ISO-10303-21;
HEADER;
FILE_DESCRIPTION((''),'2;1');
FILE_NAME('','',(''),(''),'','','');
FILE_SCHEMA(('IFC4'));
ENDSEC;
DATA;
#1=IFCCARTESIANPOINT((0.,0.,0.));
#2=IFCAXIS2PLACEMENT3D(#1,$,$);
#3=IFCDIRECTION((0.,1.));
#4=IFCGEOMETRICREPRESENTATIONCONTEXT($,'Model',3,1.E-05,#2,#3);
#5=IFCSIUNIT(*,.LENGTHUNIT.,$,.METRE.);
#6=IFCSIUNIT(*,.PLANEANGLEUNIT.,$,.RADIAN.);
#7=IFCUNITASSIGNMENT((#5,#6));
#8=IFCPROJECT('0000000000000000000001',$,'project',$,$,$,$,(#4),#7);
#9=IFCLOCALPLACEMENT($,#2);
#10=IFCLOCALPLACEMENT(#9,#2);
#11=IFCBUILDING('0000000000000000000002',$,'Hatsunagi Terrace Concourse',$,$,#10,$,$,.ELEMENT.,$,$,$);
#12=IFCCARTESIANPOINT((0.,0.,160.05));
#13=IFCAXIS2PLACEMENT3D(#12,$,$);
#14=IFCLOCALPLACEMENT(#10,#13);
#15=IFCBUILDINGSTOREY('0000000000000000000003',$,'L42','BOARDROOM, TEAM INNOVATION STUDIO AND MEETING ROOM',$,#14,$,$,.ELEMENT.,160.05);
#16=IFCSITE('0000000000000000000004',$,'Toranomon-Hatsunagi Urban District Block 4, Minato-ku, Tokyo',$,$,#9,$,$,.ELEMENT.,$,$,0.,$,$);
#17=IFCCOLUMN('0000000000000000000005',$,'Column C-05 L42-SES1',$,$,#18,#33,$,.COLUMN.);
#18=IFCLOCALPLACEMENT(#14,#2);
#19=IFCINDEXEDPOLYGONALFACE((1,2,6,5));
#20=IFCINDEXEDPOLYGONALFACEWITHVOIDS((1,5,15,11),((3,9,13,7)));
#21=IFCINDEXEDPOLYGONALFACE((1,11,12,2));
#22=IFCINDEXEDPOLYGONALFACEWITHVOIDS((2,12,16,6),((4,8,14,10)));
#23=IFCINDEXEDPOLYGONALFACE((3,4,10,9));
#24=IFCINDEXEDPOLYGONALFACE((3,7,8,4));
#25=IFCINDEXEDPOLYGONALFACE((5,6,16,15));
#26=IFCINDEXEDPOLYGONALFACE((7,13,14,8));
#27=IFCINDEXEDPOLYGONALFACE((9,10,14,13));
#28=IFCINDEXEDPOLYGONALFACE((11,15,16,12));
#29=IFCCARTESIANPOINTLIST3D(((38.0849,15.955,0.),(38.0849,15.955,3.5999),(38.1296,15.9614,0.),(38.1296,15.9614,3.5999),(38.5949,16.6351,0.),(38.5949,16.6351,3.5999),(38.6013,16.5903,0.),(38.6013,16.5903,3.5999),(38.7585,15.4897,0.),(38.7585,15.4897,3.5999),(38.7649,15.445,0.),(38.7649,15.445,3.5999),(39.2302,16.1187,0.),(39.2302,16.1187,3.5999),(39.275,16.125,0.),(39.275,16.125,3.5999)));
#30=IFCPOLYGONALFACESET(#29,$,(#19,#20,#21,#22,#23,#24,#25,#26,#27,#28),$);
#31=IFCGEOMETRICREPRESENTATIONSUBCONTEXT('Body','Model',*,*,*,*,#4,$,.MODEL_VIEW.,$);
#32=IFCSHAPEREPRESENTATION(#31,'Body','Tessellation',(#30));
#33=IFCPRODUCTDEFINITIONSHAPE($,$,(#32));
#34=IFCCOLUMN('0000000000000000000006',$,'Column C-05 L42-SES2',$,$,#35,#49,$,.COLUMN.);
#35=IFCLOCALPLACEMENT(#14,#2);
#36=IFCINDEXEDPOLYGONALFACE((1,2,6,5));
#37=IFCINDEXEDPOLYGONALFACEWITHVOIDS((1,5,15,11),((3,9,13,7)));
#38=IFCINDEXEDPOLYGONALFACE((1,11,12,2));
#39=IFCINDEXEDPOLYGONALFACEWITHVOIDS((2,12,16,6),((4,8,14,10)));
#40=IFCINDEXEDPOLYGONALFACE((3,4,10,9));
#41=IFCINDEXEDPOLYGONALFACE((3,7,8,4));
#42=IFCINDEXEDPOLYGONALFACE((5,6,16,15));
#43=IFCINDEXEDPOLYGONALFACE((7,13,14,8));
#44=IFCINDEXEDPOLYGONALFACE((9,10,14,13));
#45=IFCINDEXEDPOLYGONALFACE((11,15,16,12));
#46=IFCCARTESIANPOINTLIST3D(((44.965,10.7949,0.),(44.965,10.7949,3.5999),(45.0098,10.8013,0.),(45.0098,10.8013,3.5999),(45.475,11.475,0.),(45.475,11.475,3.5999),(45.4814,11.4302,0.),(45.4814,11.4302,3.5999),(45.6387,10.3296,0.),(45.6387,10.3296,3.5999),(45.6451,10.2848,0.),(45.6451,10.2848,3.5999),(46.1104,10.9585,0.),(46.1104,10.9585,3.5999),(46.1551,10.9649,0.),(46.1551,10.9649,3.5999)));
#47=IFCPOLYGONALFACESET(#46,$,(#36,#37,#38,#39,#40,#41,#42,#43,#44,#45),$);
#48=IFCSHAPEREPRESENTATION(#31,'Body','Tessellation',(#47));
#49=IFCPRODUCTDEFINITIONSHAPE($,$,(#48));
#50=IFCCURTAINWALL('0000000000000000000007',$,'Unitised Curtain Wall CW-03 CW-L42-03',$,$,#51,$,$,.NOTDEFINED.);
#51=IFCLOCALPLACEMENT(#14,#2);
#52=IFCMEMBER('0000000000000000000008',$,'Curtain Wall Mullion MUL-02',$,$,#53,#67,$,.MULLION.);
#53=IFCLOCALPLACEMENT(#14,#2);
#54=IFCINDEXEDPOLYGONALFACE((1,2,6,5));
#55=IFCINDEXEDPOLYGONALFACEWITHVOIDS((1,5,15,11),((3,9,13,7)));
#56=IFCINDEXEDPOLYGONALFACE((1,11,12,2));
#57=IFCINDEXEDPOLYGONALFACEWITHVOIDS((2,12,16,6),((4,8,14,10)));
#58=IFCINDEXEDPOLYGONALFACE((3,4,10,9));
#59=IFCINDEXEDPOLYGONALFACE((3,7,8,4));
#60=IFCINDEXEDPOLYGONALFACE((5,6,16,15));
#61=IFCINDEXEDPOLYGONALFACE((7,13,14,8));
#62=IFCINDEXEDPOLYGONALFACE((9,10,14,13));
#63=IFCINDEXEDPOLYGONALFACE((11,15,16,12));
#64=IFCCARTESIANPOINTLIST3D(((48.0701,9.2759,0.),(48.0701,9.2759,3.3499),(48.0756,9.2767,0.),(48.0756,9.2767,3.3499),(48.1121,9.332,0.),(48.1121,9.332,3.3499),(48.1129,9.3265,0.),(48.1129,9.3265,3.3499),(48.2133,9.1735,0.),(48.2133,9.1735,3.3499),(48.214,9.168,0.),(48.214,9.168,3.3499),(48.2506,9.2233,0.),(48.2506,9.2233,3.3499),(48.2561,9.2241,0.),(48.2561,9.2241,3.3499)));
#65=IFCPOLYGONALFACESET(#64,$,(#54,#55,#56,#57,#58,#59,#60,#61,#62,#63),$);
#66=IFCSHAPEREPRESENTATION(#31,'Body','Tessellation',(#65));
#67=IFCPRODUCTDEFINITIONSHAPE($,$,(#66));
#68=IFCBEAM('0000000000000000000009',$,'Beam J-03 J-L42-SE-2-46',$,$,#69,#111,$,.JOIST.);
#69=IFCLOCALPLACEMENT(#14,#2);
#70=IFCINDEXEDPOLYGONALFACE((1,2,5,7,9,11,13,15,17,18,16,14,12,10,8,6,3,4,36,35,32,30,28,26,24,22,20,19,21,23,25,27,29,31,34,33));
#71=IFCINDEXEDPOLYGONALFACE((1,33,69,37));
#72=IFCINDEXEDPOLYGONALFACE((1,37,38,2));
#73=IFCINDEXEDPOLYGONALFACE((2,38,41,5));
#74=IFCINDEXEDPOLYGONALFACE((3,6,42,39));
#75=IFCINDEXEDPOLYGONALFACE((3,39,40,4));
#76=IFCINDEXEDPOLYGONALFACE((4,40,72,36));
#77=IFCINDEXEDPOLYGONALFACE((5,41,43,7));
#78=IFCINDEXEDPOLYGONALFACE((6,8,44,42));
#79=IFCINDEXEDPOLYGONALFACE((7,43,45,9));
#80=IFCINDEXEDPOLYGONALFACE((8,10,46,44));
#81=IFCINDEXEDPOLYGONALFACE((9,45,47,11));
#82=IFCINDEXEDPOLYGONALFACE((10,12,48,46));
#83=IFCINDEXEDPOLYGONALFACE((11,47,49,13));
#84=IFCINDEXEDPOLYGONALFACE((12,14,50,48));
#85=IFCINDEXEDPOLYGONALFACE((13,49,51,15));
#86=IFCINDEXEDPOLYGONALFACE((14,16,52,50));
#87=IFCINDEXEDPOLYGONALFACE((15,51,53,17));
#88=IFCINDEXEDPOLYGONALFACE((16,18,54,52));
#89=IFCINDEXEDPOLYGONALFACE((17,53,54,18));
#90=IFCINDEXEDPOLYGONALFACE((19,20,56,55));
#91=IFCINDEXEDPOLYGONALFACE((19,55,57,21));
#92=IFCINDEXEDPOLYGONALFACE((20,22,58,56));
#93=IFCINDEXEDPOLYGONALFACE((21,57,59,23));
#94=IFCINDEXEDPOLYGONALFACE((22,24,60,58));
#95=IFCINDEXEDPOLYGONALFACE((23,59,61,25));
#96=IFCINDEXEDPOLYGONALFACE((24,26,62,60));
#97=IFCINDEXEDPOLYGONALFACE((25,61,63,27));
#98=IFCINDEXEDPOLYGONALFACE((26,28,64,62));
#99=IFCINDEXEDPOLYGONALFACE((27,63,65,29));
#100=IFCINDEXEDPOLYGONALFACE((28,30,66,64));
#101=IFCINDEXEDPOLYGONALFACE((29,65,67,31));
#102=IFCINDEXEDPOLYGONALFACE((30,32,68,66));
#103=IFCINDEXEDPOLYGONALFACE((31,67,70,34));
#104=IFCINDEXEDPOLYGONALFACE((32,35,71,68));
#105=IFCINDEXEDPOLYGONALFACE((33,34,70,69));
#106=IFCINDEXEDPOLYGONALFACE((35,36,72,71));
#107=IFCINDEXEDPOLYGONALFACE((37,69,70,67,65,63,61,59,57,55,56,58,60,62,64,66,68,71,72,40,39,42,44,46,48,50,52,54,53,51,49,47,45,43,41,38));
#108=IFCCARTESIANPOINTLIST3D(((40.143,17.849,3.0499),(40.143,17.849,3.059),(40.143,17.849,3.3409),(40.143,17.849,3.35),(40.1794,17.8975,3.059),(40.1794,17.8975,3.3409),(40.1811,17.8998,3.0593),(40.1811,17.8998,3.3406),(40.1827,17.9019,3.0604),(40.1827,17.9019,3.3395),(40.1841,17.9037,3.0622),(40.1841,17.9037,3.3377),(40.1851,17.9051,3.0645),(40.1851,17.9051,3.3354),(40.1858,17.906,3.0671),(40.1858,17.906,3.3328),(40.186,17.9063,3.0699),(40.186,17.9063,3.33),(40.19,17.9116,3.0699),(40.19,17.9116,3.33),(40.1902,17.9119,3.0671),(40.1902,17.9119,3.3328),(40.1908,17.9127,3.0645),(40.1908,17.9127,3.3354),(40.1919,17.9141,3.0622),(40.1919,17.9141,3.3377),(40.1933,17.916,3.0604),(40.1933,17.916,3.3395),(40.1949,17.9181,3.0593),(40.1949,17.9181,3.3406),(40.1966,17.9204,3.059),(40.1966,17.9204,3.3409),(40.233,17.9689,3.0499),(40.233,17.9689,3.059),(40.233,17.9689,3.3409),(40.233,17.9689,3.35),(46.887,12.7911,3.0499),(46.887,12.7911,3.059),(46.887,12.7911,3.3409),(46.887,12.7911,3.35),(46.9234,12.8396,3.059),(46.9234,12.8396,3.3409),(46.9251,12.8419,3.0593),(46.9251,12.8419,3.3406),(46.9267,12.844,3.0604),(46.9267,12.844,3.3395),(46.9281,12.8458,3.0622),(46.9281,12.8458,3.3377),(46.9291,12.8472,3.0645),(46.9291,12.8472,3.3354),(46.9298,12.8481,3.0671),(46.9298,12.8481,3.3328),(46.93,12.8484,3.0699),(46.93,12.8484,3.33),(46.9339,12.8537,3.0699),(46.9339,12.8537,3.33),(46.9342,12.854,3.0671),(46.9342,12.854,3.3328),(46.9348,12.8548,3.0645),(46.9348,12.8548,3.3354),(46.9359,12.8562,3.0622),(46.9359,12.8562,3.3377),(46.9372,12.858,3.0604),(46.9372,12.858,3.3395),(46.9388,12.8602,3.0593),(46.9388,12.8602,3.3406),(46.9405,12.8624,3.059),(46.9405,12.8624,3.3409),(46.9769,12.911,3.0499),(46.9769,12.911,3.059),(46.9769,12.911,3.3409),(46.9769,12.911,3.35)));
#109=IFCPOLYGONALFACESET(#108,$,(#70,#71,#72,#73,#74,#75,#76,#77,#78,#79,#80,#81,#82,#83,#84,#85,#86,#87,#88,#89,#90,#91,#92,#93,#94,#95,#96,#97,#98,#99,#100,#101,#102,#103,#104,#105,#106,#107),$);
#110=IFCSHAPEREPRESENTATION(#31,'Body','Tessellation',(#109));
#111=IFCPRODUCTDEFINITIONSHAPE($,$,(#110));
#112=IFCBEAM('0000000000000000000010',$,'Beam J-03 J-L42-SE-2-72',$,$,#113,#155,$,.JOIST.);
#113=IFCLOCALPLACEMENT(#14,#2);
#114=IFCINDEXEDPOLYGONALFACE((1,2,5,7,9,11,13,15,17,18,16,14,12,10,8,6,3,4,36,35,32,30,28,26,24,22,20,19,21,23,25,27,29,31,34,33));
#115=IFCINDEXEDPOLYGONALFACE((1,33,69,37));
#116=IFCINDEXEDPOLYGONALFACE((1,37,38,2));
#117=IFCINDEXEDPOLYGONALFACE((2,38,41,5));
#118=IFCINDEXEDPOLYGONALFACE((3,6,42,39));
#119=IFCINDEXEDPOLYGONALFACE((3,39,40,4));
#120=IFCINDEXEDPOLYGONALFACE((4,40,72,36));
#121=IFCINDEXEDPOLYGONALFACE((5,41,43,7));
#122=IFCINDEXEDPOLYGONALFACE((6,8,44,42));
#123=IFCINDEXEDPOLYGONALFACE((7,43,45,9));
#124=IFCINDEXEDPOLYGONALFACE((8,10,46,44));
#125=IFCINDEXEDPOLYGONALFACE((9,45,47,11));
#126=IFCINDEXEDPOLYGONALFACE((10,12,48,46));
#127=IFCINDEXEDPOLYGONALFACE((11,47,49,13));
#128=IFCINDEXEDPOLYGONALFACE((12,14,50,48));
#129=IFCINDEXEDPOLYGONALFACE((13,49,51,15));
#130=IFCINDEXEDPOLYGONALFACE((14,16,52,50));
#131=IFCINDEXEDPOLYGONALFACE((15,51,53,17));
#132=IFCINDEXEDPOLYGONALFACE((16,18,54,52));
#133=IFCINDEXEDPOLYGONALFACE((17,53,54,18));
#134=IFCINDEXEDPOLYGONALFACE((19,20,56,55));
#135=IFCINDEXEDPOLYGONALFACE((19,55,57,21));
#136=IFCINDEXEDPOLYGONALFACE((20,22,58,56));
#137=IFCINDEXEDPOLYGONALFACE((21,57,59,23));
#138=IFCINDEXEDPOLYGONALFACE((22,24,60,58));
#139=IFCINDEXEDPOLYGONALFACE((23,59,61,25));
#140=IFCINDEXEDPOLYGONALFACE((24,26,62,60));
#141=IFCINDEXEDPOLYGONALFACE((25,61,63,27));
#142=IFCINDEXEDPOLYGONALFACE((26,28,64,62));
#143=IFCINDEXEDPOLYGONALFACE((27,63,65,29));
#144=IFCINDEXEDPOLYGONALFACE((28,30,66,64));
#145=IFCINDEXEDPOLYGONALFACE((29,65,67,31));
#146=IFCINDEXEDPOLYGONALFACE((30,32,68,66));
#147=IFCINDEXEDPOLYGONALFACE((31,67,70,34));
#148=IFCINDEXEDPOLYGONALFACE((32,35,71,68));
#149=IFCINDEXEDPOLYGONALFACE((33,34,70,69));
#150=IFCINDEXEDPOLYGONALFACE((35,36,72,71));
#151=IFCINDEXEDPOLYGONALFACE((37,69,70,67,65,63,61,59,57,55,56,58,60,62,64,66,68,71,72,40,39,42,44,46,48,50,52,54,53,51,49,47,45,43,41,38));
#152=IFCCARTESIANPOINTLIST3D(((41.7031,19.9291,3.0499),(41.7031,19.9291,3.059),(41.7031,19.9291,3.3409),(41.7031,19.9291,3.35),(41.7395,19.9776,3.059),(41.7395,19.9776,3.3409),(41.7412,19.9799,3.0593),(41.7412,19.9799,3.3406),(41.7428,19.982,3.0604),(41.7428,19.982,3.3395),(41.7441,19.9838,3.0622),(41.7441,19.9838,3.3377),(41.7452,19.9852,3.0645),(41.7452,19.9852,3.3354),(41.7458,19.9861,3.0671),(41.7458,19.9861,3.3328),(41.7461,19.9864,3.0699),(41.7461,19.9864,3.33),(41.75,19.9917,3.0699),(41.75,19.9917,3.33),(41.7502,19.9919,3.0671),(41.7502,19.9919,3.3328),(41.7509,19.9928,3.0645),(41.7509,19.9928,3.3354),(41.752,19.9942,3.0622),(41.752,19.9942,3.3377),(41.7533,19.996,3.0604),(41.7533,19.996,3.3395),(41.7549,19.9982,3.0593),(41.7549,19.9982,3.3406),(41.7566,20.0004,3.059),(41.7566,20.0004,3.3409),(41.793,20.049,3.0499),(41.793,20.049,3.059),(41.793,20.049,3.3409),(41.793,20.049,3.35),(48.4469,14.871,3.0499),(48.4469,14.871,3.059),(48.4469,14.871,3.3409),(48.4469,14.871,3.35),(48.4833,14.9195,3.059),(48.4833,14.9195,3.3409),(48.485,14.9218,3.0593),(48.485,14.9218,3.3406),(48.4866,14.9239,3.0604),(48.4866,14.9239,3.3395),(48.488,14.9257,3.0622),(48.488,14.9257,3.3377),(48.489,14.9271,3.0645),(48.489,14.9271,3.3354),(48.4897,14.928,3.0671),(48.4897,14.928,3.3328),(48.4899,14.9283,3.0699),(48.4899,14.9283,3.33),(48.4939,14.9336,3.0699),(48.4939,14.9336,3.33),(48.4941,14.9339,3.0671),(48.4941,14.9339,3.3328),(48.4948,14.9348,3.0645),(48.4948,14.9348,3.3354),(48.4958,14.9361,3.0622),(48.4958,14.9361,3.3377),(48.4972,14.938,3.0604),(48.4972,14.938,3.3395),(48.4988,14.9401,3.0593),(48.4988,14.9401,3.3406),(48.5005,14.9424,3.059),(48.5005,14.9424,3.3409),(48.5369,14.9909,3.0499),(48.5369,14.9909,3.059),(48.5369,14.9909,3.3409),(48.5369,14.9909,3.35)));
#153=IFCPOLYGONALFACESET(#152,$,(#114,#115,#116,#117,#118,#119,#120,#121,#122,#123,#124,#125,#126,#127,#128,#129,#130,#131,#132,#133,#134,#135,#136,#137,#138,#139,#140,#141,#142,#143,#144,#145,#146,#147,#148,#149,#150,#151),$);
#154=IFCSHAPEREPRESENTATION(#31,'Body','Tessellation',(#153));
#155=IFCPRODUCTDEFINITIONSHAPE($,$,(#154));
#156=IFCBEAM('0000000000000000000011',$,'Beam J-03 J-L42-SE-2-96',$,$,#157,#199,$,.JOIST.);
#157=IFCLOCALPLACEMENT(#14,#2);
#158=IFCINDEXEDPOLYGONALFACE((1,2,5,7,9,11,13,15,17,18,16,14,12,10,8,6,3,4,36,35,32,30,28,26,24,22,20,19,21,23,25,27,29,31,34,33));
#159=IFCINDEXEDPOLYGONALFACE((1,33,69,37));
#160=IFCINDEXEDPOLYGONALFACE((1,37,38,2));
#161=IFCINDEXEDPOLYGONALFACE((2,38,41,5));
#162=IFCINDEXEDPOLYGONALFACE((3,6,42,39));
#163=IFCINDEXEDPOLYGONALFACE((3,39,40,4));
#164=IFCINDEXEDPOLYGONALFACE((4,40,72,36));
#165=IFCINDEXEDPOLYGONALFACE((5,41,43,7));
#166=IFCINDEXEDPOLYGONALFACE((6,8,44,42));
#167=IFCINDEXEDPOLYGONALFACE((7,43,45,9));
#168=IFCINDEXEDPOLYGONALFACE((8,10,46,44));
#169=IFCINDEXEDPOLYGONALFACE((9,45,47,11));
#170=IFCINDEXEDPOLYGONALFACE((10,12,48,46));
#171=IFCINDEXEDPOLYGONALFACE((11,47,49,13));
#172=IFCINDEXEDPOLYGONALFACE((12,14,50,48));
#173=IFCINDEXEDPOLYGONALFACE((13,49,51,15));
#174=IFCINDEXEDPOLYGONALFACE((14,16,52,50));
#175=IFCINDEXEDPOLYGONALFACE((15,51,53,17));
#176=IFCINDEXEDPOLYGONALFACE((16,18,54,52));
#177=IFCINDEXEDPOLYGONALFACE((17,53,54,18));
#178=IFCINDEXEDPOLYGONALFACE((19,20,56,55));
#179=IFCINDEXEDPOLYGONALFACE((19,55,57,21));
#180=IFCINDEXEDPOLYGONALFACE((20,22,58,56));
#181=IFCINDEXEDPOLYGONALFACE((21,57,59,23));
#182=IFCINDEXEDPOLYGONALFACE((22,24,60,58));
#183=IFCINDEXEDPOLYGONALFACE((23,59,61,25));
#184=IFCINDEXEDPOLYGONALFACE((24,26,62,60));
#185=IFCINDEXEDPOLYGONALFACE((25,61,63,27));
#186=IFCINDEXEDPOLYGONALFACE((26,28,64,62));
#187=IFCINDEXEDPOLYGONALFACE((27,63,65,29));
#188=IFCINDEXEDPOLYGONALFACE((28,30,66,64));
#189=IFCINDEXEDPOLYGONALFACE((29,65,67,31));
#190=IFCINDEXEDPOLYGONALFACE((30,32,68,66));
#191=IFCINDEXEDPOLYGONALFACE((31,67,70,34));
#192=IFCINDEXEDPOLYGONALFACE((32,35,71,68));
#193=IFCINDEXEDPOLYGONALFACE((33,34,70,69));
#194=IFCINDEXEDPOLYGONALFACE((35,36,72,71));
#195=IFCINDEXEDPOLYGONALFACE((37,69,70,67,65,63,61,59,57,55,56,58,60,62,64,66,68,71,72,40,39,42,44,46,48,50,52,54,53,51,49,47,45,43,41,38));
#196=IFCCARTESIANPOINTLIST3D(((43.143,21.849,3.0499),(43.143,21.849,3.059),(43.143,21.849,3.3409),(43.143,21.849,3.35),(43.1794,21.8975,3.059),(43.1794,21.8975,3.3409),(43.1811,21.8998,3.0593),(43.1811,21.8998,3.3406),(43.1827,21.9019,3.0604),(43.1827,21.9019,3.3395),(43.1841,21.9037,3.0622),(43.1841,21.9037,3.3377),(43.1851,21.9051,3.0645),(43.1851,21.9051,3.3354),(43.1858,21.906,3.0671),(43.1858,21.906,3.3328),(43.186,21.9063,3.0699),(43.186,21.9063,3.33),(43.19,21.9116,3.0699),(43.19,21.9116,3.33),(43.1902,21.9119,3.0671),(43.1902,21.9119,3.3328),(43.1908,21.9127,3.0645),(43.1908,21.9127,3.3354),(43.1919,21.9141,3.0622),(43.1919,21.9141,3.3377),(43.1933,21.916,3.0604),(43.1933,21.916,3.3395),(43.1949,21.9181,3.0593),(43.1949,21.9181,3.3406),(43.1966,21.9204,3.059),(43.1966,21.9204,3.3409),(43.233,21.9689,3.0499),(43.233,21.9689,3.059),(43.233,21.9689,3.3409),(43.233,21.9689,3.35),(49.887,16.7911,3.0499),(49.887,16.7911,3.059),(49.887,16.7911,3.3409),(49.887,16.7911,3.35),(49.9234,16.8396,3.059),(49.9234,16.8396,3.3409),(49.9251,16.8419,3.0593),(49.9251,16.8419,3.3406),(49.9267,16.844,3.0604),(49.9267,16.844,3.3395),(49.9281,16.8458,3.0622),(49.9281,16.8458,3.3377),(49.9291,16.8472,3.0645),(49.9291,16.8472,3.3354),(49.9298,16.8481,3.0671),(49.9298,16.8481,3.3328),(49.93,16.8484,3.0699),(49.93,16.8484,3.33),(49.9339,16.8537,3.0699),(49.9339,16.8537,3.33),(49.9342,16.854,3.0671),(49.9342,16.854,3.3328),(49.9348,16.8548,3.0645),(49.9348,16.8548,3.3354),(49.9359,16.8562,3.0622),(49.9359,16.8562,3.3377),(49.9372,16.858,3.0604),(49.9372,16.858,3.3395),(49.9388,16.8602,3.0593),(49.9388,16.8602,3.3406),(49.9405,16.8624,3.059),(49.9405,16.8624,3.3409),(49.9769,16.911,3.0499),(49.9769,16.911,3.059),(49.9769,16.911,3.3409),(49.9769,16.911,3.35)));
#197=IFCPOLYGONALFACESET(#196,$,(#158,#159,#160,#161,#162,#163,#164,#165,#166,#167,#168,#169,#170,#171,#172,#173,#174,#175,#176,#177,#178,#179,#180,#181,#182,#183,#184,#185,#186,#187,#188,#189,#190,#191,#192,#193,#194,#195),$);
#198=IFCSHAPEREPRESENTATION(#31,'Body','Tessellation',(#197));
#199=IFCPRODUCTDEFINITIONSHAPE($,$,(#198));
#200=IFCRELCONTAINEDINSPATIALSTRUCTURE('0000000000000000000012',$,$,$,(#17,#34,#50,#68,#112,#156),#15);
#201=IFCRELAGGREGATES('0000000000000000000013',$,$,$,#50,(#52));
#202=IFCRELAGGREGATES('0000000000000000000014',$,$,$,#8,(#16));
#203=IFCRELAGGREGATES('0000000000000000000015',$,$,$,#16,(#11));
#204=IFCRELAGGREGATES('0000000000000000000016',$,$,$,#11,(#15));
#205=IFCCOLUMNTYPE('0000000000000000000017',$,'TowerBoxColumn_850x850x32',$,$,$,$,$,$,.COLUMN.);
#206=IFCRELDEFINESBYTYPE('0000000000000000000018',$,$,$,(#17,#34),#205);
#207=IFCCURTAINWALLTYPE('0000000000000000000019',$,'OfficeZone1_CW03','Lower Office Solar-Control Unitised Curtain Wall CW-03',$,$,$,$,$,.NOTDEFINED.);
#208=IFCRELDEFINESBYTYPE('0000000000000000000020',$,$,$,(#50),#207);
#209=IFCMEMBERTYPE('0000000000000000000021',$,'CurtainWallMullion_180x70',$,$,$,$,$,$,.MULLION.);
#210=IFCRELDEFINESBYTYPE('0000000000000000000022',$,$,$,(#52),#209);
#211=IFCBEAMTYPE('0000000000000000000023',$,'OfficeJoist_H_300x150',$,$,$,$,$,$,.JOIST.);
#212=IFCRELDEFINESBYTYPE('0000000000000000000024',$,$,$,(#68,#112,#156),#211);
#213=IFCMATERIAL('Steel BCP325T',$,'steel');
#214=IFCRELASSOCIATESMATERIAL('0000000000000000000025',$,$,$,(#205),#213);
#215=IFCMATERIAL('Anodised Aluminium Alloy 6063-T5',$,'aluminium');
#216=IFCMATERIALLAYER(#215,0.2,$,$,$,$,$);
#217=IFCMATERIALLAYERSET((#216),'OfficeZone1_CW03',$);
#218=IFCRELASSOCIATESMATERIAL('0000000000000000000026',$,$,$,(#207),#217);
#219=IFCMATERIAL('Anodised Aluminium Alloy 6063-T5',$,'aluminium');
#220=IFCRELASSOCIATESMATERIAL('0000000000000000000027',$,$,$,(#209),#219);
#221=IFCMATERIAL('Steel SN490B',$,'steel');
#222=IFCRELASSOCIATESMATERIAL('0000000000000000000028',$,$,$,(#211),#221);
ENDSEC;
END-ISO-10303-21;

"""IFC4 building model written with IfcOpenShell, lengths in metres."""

from ifc_helpers import new_model, si_unit, direction, frame, origin, origin_2d, place, context, subcontext, project, spatial, hollow_rectangle, i_section, extrude, material, layer, layer_set, material_profile, profile_set, type_object, element, aggregate, save


model = new_model("IFC4")

# Units and contexts
model_context = context("Model", 3, precision=1e-05, world=origin(), true_north=direction((0.0, 1.0)))
body_context = subcontext(model_context, "Body", "Model", "MODEL_VIEW")
ifc_project = project(units=[si_unit("LENGTHUNIT", "METRE"), si_unit("PLANEANGLEUNIT", "RADIAN")], contexts=[model_context])

# Site, building, storey
site_placement = place(None, origin())
site = spatial("IfcSite", under=ifc_project, at=site_placement, Name="Toranomon-Hatsunagi Urban District Block 4, Minato-ku, Tokyo", CompositionType="ELEMENT", RefElevation=0.0)
building_placement = place(site_placement, origin())
building = spatial("IfcBuilding", under=site, at=building_placement, Name="Hatsunagi Terrace Concourse", CompositionType="ELEMENT")
storey_placement = place(building_placement, frame((0.0, 0.0, 160.05)))
storey = spatial("IfcBuildingStorey", under=building, at=storey_placement, Name="L42", Description="BOARDROOM, TEAM INNOVATION STUDIO AND MEETING ROOM", CompositionType="ELEMENT", Elevation=160.05)

# Columns
ifc_material_1 = material(Name="Steel BCP325T", Category="steel")
ifc_material_profile_1 = material_profile(ifc_material_1, hollow_rectangle(XDim=0.8501, YDim=0.8501, WallThickness=0.032, at=origin_2d()), Name="BCP-850x850x32")
ifc_profile_set_1 = profile_set([ifc_material_profile_1], Name="Steel BCP325T")
column_type = type_object("IfcColumnType", Name="TowerBoxColumn_850x850x32", PredefinedType="COLUMN", material=ifc_profile_set_1)
for number, where, z_axis, x_axis, name in (
    (1, (38.6799, 16.04, 0.0), (0.0, 0.0, 1.0), (0.8, -0.6, 0.0), "Column C-05 L42-SES1"),
    (2, (45.5601, 10.8799, 0.0), (0.0, 0.0, 1.0), (0.8, -0.6, 0.0), "Column C-05 L42-SES2"),
):
    element("IfcColumn", number, at=place(storey_placement, frame(where, z_axis=z_axis, x_axis=x_axis)), inside=storey, type_object=column_type, Name=name, PredefinedType="COLUMN", context=body_context, shape_type="SweptSolid", body=[
        extrude(hollow_rectangle(XDim=0.8501, YDim=0.8501, WallThickness=0.032, at=origin_2d()), origin(), (0.0, 0.0, 1.0), 3.5999),
    ])

# Curtain wall, member
ifc_material_2 = material(Name="Anodised Aluminium Alloy 6063-T5", Category="aluminium")
ifc_layer_1 = layer(ifc_material_2, 0.2)
ifc_layer_set_1 = layer_set([ifc_layer_1], Name="OfficeZone1_CW03")
curtain_wall_type = type_object("IfcCurtainWallType", Name="OfficeZone1_CW03", Description="Lower Office Solar-Control Unitised Curtain Wall CW-03", PredefinedType="NOTDEFINED", material=ifc_layer_set_1)
curtain_wall_placement = place(storey_placement, origin())
curtain_wall = element("IfcCurtainWall", 3, at=curtain_wall_placement, inside=storey, type_object=curtain_wall_type, Name="Unitised Curtain Wall CW-03 CW-L42-03", PredefinedType="NOTDEFINED")
ifc_material_3 = material(Name="Anodised Aluminium Alloy 6063-T5", Category="aluminium")
ifc_material_profile_2 = material_profile(ifc_material_3, hollow_rectangle(XDim=0.0701, YDim=0.1799, WallThickness=0.0039, at=origin_2d()), Name="ALU-MUL-180x70x4")
ifc_profile_set_2 = profile_set([ifc_material_profile_2], Name="Anodised Aluminium Alloy 6063-T5")
member_type_1 = type_object("IfcMemberType", Name="CurtainWallMullion_180x70", PredefinedType="MULLION", material=ifc_profile_set_2)
member_1_placement = place(storey_placement, frame((48.1631, 9.25, 0.0), z_axis=(0.0, 0.0, 1.0), x_axis=(-0.599969, -0.800023, 0.0)))
member_1 = element("IfcMember", 4, at=member_1_placement, type_object=member_type_1, Name="Curtain Wall Mullion MUL-02", PredefinedType="MULLION", context=body_context, shape_type="SweptSolid", body=[
    extrude(hollow_rectangle(XDim=0.0701, YDim=0.1799, WallThickness=0.0039, at=origin_2d()), origin(), (0.0, 0.0, 1.0), 3.3499),
])
aggregate(curtain_wall, [member_1])

# Beams
ifc_material_4 = material(Name="Steel SN490B", Category="steel")
ifc_material_profile_3 = material_profile(ifc_material_4, i_section(OverallWidth=0.1499, OverallDepth=0.3, WebThickness=0.0066, FlangeThickness=0.009, FilletRadius=0.011, at=origin_2d()), Name="H-300x150x6.5x9")
ifc_profile_set_3 = profile_set([ifc_material_profile_3], Name="Steel SN490B")
beam_type_1 = type_object("IfcBeamType", Name="OfficeJoist_H_300x150", PredefinedType="JOIST", material=ifc_profile_set_3)
for number, where, z_axis, x_axis, name in (
    (5, (40.188, 17.9089, 3.2), (0.800003, -0.599995, 0.0), (0.599995, 0.800003, 0.0), "Beam J-03 J-L42-SE-2-46"),
    (6, (41.748, 19.989, 3.2), (0.79999, -0.600014, 0.0), (0.600014, 0.79999, 0.0), "Beam J-03 J-L42-SE-2-72"),
    (7, (43.188, 21.9089, 3.2), (0.800003, -0.599995, 0.0), (0.599995, 0.800003, 0.0), "Beam J-03 J-L42-SE-2-96"),
):
    element("IfcBeam", number, at=place(storey_placement, frame(where, z_axis=z_axis, x_axis=x_axis)), inside=storey, type_object=beam_type_1, Name=name, PredefinedType="JOIST", context=body_context, shape_type="SweptSolid", body=[
        extrude(i_section(OverallWidth=0.1499, OverallDepth=0.3, WebThickness=0.0066, FlangeThickness=0.009, FilletRadius=0.011, at=origin_2d()), origin(), (0.0, 0.0, 1.0), 8.4299),
    ])

save(model, "model.ifc")
